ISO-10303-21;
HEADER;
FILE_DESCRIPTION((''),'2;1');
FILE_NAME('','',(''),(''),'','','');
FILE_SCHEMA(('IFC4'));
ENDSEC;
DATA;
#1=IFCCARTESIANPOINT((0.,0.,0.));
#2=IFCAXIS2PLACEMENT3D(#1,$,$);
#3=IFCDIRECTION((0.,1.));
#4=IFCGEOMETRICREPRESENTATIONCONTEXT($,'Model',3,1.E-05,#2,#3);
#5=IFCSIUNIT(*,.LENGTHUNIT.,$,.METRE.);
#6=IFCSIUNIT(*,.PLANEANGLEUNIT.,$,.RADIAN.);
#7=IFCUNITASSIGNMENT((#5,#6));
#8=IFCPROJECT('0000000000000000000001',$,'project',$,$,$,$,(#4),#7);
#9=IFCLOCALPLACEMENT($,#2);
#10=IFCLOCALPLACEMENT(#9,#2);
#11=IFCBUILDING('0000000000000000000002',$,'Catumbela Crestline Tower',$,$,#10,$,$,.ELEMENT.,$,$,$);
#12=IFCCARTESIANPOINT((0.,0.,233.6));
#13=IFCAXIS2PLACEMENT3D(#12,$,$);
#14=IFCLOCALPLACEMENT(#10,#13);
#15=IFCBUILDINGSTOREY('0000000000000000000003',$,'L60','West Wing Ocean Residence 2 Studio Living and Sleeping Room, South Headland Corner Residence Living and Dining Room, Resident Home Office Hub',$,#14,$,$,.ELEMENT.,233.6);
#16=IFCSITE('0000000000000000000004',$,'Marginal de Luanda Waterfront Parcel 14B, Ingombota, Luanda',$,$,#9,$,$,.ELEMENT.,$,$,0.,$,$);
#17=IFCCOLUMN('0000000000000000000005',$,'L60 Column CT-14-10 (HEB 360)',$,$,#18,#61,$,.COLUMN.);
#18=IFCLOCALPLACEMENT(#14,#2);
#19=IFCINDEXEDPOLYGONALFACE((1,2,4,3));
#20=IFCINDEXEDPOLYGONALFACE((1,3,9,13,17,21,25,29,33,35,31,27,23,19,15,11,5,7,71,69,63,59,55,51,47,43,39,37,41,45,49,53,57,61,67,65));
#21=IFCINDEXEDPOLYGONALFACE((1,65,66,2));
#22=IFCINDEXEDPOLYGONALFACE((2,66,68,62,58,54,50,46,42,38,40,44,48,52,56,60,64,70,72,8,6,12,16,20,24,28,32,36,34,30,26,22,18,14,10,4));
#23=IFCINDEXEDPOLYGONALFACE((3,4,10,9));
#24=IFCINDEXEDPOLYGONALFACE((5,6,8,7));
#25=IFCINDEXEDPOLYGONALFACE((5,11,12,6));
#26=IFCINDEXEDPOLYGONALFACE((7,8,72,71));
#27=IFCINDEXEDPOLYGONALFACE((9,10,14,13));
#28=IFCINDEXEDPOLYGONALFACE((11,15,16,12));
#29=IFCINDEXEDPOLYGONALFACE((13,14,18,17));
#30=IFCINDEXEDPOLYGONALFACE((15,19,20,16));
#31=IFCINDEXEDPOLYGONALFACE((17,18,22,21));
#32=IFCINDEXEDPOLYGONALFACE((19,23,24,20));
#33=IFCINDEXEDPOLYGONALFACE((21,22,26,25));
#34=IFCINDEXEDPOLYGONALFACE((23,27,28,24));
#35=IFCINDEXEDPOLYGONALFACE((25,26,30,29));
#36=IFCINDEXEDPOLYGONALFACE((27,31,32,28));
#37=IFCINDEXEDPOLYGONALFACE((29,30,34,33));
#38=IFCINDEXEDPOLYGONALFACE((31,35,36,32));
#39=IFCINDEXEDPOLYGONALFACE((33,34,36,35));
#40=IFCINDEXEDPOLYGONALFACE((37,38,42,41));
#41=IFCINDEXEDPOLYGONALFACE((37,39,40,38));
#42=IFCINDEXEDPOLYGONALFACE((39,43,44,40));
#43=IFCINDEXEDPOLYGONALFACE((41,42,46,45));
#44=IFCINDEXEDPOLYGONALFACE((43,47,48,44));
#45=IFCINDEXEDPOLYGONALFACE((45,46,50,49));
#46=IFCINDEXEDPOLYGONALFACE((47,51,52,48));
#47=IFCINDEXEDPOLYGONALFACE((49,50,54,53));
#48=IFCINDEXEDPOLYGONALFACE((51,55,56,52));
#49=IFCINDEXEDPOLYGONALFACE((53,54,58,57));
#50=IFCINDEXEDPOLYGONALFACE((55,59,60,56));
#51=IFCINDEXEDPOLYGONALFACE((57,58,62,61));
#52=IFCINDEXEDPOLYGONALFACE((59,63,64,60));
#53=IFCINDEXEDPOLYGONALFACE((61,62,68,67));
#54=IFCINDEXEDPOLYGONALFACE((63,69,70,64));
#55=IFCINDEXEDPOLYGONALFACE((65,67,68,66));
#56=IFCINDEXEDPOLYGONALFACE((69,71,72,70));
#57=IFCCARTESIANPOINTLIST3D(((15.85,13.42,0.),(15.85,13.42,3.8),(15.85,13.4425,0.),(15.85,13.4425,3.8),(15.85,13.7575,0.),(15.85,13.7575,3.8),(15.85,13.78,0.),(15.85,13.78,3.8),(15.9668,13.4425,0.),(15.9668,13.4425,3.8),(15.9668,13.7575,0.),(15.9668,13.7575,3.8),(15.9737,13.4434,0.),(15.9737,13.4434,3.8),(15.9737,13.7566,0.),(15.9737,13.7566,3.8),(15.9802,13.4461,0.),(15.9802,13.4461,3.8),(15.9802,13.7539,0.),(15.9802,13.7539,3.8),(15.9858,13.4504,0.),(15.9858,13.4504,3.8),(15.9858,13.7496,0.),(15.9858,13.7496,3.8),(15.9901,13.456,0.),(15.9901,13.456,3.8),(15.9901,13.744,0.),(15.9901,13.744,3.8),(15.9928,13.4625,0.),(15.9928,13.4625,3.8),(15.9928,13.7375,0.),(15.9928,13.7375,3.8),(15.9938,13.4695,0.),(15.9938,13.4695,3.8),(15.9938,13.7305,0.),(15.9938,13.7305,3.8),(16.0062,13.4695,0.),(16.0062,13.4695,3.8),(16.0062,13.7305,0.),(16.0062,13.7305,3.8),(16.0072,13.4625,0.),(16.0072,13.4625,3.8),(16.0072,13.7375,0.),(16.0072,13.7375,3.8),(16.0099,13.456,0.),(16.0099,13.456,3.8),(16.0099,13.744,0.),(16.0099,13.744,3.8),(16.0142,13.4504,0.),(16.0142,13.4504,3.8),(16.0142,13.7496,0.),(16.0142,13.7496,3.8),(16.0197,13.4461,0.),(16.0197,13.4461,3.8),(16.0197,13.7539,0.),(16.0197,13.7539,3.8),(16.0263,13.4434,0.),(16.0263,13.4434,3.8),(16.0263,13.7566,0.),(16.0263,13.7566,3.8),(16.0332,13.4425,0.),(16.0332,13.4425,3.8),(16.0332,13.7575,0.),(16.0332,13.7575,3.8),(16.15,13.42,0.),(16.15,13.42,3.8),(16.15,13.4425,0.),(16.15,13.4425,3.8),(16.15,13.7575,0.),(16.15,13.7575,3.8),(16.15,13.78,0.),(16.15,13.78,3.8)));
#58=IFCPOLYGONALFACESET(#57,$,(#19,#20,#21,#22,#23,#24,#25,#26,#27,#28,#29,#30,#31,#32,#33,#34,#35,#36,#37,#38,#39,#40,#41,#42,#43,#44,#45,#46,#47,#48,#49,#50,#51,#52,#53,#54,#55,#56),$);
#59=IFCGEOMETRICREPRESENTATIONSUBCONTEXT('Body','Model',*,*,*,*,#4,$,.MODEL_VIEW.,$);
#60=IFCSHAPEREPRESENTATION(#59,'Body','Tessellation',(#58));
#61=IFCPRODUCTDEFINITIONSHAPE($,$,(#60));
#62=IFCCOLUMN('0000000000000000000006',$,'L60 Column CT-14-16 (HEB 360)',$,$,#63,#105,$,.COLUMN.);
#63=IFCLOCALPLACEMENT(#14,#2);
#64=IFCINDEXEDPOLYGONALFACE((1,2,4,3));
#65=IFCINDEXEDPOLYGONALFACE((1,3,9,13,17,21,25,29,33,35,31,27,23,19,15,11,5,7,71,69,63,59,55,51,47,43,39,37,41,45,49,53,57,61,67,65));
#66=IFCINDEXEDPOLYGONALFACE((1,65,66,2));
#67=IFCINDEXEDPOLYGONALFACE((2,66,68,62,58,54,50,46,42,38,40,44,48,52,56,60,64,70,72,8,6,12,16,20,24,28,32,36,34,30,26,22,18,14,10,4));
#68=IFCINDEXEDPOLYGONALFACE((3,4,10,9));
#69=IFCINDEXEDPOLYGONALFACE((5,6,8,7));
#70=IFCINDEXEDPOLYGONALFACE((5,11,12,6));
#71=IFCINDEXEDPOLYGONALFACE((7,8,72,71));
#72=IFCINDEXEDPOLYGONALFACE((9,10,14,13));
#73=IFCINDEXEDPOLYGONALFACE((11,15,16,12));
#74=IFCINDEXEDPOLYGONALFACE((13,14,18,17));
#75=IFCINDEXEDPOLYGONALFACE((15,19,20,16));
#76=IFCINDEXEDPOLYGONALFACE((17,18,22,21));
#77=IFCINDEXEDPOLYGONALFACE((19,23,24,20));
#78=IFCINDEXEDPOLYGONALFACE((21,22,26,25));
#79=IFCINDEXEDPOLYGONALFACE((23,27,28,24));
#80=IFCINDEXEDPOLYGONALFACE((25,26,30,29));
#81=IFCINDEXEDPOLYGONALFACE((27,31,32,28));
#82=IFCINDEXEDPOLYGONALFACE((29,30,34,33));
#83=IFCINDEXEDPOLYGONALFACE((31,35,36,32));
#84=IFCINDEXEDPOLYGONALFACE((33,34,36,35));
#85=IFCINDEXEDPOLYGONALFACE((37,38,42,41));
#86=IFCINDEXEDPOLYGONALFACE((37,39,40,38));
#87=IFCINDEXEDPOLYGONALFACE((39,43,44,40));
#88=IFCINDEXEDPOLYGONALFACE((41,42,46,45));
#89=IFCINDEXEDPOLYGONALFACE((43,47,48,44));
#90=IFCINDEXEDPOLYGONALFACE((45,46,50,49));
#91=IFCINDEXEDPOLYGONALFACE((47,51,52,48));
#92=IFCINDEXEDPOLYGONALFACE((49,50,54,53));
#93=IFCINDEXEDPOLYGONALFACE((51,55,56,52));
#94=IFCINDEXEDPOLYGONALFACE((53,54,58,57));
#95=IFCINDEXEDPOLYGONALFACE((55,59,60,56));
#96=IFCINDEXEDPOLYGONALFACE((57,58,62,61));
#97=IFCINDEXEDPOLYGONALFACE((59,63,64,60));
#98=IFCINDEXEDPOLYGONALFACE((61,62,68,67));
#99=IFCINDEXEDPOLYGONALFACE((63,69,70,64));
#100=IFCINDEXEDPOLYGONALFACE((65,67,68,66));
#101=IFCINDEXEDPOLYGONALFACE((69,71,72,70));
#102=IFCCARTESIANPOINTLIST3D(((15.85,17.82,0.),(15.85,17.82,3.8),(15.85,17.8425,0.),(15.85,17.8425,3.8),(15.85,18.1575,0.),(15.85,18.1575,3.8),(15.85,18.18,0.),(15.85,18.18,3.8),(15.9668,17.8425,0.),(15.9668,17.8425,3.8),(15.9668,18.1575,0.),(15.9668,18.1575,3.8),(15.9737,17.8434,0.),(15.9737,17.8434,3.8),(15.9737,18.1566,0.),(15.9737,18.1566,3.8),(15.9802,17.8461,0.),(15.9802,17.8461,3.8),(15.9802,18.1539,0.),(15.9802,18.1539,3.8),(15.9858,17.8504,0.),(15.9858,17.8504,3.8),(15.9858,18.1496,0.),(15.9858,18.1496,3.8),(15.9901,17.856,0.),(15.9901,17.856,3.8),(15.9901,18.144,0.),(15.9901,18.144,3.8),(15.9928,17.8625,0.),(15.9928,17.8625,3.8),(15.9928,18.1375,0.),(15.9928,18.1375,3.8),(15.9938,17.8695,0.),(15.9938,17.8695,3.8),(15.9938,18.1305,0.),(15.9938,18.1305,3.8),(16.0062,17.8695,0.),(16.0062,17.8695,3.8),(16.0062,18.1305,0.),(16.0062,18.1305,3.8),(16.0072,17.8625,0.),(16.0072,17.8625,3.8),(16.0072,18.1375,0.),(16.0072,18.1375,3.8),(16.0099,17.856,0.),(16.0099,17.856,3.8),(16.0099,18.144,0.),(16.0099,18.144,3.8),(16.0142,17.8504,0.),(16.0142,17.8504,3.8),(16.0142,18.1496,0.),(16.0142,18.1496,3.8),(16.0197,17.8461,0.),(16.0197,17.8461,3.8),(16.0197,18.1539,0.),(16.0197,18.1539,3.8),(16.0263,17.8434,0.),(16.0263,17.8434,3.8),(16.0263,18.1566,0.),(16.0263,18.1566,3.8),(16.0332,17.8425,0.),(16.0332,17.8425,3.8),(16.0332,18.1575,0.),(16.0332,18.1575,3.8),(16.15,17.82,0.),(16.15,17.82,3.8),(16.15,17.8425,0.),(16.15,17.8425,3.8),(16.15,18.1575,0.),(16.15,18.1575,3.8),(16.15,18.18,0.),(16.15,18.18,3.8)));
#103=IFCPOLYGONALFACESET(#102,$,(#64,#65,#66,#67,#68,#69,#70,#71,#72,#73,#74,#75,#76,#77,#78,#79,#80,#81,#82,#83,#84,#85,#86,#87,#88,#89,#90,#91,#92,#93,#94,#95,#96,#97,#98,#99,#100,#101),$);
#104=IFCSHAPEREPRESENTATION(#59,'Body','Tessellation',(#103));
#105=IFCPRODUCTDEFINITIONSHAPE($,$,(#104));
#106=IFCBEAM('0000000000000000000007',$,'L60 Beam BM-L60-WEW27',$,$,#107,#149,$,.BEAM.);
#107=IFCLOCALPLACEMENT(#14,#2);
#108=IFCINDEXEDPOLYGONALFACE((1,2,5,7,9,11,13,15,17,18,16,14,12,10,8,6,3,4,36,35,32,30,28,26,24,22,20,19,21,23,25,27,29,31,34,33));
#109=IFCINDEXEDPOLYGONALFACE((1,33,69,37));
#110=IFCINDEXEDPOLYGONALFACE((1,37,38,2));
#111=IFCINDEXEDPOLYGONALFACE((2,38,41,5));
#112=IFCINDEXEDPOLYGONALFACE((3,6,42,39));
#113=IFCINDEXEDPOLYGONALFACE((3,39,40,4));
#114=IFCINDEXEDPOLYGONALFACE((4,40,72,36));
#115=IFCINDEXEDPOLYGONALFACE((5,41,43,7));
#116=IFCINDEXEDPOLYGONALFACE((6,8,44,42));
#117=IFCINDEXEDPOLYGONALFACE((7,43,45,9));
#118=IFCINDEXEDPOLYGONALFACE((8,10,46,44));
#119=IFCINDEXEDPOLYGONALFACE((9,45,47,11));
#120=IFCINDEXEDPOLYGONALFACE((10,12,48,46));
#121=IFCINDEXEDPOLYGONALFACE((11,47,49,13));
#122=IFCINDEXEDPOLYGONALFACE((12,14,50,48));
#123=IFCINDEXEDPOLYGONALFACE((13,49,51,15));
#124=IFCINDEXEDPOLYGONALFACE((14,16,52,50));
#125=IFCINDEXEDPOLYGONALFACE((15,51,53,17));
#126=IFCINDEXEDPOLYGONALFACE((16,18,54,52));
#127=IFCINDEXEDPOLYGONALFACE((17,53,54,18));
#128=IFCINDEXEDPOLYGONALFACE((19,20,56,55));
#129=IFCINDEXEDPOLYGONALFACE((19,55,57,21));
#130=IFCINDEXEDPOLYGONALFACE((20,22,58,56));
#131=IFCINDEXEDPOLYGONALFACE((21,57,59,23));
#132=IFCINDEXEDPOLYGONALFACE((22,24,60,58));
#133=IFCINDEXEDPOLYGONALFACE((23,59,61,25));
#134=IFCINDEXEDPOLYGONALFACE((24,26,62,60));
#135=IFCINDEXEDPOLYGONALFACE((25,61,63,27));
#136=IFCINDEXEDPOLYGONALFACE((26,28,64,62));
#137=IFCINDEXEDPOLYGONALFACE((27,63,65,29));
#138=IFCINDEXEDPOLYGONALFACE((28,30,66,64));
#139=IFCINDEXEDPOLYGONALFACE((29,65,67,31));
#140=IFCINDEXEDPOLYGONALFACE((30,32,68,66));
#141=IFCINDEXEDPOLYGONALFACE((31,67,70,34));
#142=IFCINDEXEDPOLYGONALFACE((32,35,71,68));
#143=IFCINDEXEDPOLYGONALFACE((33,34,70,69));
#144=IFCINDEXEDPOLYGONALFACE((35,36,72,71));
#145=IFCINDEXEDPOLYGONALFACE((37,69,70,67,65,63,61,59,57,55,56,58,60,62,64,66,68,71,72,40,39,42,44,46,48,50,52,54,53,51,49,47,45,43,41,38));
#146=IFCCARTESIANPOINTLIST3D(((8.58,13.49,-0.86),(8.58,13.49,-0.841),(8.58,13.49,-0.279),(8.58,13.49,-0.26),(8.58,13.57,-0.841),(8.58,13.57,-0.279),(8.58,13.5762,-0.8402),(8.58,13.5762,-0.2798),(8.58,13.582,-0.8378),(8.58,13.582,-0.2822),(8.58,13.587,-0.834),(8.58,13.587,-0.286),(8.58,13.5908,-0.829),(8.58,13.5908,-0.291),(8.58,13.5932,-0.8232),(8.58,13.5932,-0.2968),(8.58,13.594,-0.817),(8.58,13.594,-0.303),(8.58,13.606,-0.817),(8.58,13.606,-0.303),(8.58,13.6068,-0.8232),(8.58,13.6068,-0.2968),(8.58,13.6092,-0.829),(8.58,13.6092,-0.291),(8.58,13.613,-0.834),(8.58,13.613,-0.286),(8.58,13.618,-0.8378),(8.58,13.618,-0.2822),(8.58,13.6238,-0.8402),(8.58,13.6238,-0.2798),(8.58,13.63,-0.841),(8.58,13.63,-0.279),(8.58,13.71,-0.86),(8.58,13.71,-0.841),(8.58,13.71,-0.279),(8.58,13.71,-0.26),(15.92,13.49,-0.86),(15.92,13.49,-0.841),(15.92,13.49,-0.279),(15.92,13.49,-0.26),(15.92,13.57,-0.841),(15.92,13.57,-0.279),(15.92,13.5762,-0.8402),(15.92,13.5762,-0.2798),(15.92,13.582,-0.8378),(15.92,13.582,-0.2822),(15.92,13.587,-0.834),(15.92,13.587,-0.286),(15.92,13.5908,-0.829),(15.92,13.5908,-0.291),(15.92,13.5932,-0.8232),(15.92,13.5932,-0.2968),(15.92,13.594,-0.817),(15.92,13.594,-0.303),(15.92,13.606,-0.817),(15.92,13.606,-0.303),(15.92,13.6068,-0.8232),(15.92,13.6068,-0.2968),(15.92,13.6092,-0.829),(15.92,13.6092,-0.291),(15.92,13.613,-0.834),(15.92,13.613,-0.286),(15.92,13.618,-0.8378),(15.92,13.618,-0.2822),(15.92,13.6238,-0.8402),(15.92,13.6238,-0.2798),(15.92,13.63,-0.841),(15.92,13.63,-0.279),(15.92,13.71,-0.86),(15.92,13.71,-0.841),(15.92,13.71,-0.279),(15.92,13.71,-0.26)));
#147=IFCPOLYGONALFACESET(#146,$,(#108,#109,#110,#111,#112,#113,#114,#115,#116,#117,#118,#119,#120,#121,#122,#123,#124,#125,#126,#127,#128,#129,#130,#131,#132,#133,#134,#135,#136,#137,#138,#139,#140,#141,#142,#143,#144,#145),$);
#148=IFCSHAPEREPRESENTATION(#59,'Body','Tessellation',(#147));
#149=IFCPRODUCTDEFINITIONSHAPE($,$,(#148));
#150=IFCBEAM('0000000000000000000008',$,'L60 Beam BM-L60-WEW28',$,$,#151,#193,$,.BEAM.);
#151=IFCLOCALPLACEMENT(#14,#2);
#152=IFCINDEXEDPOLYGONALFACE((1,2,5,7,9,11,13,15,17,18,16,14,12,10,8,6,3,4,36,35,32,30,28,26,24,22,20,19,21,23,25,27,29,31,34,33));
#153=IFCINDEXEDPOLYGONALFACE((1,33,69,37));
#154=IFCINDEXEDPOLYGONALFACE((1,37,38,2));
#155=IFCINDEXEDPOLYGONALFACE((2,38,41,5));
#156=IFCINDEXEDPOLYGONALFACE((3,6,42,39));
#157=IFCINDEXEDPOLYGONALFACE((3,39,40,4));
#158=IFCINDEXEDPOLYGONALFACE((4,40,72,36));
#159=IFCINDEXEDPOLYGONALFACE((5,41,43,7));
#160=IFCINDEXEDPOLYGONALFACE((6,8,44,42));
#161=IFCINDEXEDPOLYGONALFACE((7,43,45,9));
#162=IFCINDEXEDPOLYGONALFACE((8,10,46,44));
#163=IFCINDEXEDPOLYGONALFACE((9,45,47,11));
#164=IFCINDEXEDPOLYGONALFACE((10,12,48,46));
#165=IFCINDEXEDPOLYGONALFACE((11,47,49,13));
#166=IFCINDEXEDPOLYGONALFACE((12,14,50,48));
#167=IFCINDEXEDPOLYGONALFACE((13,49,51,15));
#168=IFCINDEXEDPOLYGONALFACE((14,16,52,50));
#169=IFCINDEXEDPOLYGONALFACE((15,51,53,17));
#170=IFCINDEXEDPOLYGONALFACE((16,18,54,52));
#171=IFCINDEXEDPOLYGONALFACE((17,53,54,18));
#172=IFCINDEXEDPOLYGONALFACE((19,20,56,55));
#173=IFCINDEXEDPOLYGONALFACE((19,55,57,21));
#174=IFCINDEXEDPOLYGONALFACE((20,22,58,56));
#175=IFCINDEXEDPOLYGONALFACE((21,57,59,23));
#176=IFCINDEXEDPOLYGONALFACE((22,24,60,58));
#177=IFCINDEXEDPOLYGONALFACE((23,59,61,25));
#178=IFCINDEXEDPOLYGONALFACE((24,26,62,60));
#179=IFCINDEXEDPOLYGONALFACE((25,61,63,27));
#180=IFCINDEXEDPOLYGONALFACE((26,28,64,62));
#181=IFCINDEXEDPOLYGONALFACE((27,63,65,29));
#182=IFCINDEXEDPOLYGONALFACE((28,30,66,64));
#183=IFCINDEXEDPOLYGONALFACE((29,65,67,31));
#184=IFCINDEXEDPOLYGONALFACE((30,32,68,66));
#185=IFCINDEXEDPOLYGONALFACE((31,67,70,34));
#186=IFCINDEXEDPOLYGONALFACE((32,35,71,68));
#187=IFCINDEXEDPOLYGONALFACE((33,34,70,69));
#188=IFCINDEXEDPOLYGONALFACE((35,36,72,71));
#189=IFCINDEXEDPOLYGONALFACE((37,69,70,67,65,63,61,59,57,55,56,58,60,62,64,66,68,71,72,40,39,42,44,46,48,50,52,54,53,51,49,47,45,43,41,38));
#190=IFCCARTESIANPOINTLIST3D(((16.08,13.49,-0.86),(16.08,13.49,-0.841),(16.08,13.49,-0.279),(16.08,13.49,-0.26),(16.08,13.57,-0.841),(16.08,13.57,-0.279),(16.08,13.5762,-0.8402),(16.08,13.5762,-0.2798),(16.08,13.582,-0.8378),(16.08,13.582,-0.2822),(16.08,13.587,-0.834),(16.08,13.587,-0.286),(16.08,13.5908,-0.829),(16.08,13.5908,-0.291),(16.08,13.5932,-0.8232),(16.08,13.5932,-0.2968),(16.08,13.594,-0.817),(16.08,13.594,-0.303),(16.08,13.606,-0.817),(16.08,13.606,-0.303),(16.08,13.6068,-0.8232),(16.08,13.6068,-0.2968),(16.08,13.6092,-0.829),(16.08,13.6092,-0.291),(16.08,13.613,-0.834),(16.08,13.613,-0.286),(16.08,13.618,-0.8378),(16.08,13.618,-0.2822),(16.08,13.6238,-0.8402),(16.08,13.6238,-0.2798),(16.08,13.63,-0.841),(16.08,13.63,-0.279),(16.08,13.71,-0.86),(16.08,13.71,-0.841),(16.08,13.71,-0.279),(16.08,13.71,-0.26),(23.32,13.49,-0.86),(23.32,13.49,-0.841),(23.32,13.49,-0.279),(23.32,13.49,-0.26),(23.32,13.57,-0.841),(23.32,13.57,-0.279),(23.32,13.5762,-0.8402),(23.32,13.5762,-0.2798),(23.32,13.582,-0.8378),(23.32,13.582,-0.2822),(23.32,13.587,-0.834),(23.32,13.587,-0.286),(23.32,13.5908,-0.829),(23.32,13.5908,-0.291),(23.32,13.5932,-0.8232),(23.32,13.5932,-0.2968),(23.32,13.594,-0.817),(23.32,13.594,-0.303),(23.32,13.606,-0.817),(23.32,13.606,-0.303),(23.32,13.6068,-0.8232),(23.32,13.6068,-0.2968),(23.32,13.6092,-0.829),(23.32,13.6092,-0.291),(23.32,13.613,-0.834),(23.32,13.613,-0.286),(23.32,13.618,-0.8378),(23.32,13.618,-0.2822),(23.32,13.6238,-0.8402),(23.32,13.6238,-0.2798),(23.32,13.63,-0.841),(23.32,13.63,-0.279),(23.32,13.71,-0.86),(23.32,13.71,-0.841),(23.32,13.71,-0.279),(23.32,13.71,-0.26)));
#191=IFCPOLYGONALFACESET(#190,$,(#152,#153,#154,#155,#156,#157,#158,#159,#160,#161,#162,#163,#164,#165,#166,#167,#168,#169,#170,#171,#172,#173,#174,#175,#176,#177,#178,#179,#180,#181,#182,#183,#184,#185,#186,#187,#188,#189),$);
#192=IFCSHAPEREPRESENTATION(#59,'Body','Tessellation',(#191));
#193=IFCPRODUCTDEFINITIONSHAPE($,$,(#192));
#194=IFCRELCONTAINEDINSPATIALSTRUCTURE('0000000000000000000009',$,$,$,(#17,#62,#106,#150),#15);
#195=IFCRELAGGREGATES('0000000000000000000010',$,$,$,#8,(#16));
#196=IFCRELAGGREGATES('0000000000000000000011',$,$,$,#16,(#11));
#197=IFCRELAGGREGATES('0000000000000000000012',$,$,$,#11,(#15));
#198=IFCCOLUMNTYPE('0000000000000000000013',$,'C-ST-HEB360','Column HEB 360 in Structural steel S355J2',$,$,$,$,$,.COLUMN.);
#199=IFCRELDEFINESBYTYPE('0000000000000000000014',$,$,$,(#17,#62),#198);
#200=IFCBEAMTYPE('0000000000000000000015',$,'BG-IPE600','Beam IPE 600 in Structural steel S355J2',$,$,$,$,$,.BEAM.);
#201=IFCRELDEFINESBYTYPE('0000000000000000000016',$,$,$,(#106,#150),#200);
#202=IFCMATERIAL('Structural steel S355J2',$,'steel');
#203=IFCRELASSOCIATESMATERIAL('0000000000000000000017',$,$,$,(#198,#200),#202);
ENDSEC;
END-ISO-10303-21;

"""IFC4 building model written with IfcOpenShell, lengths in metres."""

from ifc_helpers import new_model, si_unit, direction, frame, origin, origin_2d, place, context, subcontext, project, spatial, i_section, extrude, material, material_profile, profile_set, type_object, element, save


model = new_model("IFC4")

# Units and contexts
model_context = context("Model", 3, precision=1e-05, world=origin(), true_north=direction((0.0, 1.0)))
body_context = subcontext(model_context, "Body", "Model", "MODEL_VIEW")
ifc_project = project(units=[si_unit("LENGTHUNIT", "METRE"), si_unit("PLANEANGLEUNIT", "RADIAN")], contexts=[model_context])

# Site, building, storey
site_placement = place(None, origin())
site = spatial("IfcSite", under=ifc_project, at=site_placement, Name="Marginal de Luanda Waterfront Parcel 14B, Ingombota, Luanda", CompositionType="ELEMENT", RefElevation=0.0)
building_placement = place(site_placement, origin())
building = spatial("IfcBuilding", under=site, at=building_placement, Name="Catumbela Crestline Tower", CompositionType="ELEMENT")
storey_placement = place(building_placement, frame((0.0, 0.0, 233.6)))
storey = spatial("IfcBuildingStorey", under=building, at=storey_placement, Name="L60", Description="West Wing Ocean Residence 2 Studio Living and Sleeping Room, South Headland Corner Residence Living and Dining Room, Resident Home Office Hub", CompositionType="ELEMENT", Elevation=233.6)

# Columns
ifc_material_1 = material(Name="Structural steel S355J2", Category="steel")
ifc_material_profile_1 = material_profile(ifc_material_1, i_section(OverallWidth=0.3, OverallDepth=0.36, WebThickness=0.0125, FlangeThickness=0.0225, FilletRadius=0.027, at=origin_2d()), Name="HEB 360")
ifc_profile_set_1 = profile_set([ifc_material_profile_1], Name="Structural steel S355J2")
column_type = type_object("IfcColumnType", Name="C-ST-HEB360", Description="Column HEB 360 in Structural steel S355J2", PredefinedType="COLUMN", material=ifc_profile_set_1)
for number, where, z_axis, x_axis, name in (
    (1, (16.0, 13.6, 0.0), (0.0, 0.0, 1.0), (1.0, 0.0, 0.0), "L60 Column CT-14-10 (HEB 360)"),
    (2, (16.0, 18.0, 0.0), (0.0, 0.0, 1.0), (1.0, 0.0, 0.0), "L60 Column CT-14-16 (HEB 360)"),
):
    element("IfcColumn", number, at=place(storey_placement, frame(where, z_axis=z_axis, x_axis=x_axis)), inside=storey, type_object=column_type, Name=name, PredefinedType="COLUMN", context=body_context, shape_type="SweptSolid", body=[
        extrude(i_section(OverallWidth=0.3, OverallDepth=0.36, WebThickness=0.0125, FlangeThickness=0.0225, FilletRadius=0.027, at=origin_2d()), origin(), (0.0, 0.0, 1.0), 3.8),
    ])

# Beams
ifc_material_profile_2 = material_profile(ifc_material_1, i_section(OverallWidth=0.22, OverallDepth=0.6, WebThickness=0.012, FlangeThickness=0.019, FilletRadius=0.024, at=origin_2d()), Name="IPE 600")
ifc_profile_set_2 = profile_set([ifc_material_profile_2], Name="Structural steel S355J2")
beam_type_1 = type_object("IfcBeamType", Name="BG-IPE600", Description="Beam IPE 600 in Structural steel S355J2", PredefinedType="BEAM", material=ifc_profile_set_2)
beam_1_placement = place(storey_placement, frame((8.58, 13.6, -0.56), z_axis=(1.0, 0.0, 0.0), x_axis=(0.0, 1.0, 0.0)))
element("IfcBeam", 3, at=beam_1_placement, inside=storey, type_object=beam_type_1, Name="L60 Beam BM-L60-WEW27", PredefinedType="BEAM", context=body_context, shape_type="SweptSolid", body=[
    extrude(i_section(OverallWidth=0.22, OverallDepth=0.6, WebThickness=0.012, FlangeThickness=0.019, FilletRadius=0.024, at=origin_2d()), origin(), (0.0, 0.0, 1.0), 7.34),
])
beam_2_placement = place(storey_placement, frame((16.08, 13.6, -0.56), z_axis=(1.0, 0.0, 0.0), x_axis=(0.0, 1.0, 0.0)))
element("IfcBeam", 4, at=beam_2_placement, inside=storey, type_object=beam_type_1, Name="L60 Beam BM-L60-WEW28", PredefinedType="BEAM", context=body_context, shape_type="SweptSolid", body=[
    extrude(i_section(OverallWidth=0.22, OverallDepth=0.6, WebThickness=0.012, FlangeThickness=0.019, FilletRadius=0.024, at=origin_2d()), origin(), (0.0, 0.0, 1.0), 7.24),
])

save(model, "model.ifc")
